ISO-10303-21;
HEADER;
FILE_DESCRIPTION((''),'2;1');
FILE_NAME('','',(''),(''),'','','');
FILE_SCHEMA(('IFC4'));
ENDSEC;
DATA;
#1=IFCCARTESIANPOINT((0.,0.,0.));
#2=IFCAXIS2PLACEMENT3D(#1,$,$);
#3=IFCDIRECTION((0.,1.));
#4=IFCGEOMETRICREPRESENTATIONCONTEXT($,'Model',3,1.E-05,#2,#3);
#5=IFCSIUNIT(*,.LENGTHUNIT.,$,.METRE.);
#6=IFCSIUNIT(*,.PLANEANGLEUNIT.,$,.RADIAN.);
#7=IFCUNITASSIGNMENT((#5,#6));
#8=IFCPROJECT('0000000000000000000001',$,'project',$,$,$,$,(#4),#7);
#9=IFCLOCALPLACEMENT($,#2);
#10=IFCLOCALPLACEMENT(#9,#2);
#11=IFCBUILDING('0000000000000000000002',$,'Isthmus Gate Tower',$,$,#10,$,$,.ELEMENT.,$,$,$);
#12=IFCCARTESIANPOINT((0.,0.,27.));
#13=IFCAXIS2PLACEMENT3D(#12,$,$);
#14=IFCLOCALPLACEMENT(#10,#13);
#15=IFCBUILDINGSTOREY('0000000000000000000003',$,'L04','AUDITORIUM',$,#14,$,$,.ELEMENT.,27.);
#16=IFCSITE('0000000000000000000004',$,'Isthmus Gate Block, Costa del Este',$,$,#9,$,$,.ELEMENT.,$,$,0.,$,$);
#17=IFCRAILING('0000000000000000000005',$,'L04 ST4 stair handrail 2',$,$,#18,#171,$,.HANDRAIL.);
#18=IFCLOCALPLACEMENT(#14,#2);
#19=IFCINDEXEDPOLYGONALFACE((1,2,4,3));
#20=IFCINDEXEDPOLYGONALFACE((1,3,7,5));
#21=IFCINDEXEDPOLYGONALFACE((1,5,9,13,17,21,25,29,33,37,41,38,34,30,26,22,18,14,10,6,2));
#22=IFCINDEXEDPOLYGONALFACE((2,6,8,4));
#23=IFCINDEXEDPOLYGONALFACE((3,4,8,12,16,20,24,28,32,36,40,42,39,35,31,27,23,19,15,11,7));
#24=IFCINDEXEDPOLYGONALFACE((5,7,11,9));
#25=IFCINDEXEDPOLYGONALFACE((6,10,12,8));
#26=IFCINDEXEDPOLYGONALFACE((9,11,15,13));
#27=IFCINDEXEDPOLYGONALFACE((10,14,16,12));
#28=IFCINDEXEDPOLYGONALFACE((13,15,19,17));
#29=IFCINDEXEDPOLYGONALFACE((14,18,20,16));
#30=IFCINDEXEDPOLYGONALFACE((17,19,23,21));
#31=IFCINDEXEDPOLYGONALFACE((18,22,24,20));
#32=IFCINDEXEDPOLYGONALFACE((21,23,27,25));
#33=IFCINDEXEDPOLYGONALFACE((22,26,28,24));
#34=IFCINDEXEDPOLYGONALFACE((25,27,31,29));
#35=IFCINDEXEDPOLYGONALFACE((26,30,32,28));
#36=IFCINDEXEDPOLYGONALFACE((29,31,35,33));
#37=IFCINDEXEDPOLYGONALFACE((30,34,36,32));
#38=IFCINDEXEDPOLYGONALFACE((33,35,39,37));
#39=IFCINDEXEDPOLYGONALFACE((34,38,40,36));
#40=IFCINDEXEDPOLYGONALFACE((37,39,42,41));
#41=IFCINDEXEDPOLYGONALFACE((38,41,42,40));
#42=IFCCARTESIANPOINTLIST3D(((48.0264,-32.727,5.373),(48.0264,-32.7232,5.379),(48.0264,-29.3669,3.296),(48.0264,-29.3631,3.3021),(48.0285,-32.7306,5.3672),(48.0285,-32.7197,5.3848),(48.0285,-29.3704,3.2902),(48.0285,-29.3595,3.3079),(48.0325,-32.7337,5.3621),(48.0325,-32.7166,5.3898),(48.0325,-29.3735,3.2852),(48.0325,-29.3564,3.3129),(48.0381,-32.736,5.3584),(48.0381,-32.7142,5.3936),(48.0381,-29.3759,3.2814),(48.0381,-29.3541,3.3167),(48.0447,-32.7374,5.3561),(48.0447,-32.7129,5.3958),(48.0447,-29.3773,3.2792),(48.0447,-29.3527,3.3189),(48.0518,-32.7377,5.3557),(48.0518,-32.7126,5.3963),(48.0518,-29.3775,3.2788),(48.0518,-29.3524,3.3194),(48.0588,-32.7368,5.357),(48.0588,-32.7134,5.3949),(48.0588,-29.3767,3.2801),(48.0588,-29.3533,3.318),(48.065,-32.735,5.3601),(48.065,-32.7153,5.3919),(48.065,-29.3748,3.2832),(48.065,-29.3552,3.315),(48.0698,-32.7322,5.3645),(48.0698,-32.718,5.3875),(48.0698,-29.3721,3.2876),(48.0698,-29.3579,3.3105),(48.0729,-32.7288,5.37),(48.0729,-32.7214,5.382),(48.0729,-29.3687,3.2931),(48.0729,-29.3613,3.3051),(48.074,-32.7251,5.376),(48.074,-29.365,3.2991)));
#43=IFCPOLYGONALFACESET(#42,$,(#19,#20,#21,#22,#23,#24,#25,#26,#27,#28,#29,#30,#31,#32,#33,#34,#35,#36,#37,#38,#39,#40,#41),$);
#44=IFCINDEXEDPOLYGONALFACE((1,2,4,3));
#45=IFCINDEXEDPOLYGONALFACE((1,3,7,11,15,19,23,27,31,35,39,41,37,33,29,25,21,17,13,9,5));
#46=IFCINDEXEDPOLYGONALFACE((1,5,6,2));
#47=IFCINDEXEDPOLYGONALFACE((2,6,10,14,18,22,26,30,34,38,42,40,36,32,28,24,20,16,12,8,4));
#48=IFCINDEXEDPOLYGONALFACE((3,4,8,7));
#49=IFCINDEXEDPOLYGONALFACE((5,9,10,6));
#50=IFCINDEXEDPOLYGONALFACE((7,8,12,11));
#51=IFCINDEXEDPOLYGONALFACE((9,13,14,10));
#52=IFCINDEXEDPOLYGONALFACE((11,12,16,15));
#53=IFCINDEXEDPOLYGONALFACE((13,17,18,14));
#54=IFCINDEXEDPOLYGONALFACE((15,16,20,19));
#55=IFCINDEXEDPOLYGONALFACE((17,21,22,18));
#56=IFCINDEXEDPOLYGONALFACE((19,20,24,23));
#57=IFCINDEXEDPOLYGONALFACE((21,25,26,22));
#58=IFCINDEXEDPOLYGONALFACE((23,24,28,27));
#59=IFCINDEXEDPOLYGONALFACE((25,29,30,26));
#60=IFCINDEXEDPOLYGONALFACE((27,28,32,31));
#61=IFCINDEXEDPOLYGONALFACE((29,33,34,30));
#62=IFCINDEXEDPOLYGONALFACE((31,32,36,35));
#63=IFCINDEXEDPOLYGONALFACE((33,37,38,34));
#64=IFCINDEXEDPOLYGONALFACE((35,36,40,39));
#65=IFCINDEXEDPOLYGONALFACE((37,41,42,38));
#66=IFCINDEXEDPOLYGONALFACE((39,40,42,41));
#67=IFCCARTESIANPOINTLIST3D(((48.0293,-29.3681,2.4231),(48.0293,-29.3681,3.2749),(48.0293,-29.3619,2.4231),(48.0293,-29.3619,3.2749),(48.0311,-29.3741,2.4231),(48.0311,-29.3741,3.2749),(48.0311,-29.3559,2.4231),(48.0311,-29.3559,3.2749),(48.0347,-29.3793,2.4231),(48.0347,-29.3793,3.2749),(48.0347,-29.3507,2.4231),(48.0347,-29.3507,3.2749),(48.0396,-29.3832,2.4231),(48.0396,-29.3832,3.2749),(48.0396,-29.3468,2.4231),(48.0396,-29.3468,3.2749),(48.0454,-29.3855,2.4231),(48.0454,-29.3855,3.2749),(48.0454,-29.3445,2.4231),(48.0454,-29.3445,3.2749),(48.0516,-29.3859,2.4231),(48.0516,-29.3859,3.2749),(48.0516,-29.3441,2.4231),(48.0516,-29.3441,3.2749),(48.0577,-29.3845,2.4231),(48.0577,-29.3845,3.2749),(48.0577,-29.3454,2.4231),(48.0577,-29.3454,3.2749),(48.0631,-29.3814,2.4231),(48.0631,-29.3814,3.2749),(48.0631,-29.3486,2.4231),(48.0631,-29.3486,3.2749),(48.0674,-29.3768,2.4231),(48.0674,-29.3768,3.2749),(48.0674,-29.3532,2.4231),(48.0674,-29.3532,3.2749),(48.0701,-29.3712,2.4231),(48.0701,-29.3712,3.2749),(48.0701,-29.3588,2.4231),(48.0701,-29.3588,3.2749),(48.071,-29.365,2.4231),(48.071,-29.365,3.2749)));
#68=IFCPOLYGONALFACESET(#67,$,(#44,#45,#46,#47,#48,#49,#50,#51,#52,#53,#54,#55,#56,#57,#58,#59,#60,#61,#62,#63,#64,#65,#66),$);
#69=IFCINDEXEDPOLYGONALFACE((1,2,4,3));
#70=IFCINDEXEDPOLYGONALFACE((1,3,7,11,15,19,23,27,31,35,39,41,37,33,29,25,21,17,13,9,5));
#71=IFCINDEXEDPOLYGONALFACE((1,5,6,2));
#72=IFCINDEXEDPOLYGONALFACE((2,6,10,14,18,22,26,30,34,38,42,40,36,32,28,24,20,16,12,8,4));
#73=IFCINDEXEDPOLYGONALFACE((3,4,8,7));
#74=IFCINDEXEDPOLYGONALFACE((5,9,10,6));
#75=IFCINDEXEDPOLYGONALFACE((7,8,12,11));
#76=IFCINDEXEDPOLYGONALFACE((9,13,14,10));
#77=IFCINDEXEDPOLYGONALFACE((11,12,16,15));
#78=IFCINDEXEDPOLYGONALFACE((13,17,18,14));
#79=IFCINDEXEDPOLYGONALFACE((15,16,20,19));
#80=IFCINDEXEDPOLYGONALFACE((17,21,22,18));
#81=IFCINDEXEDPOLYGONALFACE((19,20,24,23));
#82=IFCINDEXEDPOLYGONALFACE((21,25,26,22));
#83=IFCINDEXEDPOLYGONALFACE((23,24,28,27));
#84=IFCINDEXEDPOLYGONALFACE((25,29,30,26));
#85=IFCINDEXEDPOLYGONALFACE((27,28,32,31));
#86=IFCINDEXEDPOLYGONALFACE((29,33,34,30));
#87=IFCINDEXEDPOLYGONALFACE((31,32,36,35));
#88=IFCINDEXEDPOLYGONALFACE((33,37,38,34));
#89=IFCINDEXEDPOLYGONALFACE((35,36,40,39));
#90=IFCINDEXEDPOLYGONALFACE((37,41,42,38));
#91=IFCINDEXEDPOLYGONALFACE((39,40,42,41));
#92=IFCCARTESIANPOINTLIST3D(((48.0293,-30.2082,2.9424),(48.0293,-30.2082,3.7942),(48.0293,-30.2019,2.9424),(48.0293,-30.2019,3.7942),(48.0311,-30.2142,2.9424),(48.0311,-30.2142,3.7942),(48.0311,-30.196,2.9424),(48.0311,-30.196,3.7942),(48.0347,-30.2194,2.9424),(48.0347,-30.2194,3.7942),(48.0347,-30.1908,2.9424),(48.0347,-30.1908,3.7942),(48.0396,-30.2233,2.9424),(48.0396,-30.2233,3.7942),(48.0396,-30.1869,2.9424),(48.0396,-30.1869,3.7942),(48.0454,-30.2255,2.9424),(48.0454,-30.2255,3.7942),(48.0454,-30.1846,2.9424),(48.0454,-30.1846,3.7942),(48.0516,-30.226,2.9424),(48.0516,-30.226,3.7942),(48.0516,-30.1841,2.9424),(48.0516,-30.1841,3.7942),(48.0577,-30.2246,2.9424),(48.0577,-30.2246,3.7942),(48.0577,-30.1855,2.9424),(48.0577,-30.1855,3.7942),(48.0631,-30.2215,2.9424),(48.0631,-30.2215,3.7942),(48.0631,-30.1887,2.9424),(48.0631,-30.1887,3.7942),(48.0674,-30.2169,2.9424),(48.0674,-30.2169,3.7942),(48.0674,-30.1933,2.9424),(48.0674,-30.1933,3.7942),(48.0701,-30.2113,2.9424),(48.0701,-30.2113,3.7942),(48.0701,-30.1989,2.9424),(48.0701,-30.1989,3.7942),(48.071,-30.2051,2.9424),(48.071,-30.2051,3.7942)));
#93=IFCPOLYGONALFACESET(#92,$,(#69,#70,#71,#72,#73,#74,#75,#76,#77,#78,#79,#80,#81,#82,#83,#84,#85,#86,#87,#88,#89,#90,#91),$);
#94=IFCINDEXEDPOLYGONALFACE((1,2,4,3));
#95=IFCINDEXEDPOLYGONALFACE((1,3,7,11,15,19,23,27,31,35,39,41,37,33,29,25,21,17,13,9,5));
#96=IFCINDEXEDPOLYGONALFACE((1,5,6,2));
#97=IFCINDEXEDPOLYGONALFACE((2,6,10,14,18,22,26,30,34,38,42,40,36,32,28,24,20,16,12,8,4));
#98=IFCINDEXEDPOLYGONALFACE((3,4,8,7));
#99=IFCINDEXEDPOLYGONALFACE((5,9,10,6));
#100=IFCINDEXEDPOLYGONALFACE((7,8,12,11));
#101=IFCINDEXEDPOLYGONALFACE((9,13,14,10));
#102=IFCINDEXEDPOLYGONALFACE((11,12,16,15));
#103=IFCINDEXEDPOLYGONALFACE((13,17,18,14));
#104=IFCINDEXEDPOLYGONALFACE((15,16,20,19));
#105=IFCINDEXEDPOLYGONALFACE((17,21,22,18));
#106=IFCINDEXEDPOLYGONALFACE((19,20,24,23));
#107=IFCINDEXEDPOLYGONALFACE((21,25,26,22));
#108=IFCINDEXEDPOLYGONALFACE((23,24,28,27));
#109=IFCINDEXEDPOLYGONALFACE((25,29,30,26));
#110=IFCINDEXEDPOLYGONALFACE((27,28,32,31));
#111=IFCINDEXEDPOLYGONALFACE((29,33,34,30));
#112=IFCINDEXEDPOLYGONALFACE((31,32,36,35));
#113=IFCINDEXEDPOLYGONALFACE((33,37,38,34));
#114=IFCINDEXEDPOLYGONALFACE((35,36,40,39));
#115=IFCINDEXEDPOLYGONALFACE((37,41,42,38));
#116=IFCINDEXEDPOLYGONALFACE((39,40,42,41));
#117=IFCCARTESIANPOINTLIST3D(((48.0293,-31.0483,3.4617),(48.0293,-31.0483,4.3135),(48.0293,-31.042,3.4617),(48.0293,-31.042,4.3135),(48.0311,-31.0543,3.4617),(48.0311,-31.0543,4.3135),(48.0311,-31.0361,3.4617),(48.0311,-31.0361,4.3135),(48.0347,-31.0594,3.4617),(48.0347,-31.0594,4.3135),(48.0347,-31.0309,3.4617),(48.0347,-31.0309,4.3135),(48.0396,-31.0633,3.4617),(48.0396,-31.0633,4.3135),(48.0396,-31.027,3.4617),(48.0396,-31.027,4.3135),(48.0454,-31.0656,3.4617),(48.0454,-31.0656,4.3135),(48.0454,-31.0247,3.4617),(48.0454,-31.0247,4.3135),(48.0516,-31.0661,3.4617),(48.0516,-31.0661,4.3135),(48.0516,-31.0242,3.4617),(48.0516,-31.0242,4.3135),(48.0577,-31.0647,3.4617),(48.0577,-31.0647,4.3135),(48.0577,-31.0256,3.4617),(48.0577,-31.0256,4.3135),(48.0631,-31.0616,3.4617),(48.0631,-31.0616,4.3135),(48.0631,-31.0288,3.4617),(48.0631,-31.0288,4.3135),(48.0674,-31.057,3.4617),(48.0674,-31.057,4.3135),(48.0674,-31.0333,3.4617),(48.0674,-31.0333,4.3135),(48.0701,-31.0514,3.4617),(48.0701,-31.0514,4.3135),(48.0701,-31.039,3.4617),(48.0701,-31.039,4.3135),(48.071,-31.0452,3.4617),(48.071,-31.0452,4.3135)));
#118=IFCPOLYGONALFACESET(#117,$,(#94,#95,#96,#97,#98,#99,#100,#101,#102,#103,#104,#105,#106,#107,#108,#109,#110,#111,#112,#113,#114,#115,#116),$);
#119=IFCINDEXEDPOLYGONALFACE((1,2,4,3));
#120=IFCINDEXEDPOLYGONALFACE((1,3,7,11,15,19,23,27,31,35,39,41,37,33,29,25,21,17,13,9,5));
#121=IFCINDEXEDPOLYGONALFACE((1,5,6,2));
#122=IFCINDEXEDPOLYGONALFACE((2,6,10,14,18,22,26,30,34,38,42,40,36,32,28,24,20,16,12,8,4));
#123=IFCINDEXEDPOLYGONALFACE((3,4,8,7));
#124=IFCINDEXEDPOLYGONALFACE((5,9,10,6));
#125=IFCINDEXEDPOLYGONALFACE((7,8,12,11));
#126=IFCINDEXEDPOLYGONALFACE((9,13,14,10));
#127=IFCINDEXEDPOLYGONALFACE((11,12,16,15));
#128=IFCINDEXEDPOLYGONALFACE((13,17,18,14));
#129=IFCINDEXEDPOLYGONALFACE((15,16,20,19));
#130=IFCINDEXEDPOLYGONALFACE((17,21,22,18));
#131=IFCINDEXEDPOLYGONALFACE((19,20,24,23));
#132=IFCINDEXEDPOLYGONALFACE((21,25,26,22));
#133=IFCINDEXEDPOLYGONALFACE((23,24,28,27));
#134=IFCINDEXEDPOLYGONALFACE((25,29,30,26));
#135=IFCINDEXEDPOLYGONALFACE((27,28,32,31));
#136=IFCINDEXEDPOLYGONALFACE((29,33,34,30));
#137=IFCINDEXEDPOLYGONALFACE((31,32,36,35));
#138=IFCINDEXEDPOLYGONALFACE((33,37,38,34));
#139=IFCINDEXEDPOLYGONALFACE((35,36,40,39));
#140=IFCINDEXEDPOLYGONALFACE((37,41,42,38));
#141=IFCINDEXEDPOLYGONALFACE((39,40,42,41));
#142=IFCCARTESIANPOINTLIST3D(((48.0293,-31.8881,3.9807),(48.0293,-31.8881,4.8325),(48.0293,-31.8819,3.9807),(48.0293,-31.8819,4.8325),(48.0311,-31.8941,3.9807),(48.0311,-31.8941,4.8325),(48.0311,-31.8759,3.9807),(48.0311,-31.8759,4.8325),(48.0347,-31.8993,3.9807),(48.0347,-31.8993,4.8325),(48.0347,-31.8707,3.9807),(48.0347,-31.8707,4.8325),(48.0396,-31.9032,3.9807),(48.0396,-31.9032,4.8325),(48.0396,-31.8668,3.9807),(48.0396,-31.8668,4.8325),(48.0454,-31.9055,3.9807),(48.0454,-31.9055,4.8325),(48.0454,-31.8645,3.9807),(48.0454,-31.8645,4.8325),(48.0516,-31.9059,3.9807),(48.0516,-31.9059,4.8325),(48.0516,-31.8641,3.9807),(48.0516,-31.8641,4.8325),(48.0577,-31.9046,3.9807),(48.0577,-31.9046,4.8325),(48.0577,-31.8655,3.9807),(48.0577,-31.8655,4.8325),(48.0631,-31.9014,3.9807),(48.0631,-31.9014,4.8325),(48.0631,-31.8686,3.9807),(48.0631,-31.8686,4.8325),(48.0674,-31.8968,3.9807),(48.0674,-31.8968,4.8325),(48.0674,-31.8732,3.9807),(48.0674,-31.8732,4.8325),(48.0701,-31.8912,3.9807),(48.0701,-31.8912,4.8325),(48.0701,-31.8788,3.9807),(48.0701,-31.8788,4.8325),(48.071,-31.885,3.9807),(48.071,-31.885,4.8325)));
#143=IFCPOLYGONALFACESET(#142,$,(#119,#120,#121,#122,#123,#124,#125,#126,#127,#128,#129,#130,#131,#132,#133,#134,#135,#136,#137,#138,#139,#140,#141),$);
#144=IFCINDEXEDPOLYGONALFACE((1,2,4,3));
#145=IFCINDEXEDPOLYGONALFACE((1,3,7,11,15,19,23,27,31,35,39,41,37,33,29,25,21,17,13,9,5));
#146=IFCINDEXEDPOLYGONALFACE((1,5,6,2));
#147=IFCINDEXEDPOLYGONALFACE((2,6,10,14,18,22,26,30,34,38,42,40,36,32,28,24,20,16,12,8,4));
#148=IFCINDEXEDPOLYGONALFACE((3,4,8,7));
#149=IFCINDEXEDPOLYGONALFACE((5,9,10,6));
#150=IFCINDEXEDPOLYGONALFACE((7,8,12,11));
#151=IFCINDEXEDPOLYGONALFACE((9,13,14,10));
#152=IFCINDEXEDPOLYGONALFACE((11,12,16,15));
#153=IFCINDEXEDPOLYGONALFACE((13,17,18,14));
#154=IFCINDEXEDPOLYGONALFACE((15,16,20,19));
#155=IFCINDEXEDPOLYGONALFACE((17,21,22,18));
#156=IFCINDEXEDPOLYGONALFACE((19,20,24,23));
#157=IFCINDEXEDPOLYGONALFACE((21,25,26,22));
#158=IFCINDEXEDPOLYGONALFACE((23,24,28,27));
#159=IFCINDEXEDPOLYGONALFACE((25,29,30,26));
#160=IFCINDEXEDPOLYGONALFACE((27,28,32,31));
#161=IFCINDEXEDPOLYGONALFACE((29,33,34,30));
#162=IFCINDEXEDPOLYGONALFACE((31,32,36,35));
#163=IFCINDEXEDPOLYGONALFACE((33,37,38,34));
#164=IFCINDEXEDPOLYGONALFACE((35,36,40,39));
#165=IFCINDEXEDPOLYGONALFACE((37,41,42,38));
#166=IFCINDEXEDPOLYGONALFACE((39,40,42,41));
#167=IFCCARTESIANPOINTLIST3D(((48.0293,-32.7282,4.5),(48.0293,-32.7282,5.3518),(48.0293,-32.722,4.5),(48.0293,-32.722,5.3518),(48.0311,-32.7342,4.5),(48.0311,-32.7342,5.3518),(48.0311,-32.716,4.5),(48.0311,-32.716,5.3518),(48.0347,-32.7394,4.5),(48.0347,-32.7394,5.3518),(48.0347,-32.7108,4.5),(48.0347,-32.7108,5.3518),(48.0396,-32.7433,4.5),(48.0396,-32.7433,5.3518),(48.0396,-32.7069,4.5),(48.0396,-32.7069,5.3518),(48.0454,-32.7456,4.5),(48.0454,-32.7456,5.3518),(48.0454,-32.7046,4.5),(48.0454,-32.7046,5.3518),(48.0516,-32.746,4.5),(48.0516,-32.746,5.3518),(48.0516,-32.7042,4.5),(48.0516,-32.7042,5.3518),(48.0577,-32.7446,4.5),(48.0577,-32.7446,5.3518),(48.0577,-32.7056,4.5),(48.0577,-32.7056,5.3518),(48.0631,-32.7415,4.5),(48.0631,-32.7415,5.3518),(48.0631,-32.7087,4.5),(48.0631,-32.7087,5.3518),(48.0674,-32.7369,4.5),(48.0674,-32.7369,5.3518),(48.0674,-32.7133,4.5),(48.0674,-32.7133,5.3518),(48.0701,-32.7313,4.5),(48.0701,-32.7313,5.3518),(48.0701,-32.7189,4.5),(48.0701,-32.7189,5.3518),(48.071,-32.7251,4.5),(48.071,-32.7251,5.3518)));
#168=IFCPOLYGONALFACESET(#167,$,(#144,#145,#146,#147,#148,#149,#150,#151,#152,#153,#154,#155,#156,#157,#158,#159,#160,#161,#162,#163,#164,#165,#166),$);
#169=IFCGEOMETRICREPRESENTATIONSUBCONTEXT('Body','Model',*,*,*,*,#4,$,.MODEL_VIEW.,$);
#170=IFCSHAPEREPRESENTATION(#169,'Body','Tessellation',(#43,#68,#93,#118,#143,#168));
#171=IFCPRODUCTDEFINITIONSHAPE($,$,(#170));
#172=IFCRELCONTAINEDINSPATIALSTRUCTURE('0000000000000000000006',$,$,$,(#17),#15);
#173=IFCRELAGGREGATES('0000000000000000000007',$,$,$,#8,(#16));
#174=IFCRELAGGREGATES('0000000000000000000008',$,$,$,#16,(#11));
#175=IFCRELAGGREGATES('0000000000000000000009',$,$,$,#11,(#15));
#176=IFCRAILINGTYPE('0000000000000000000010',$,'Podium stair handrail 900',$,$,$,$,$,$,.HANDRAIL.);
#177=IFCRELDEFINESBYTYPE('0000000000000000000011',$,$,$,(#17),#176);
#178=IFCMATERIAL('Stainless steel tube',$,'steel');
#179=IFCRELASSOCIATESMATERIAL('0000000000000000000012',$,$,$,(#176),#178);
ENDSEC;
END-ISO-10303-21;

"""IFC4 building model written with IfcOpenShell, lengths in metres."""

from ifc_helpers import new_model, si_unit, direction, frame, origin, origin_2d, place, context, subcontext, project, spatial, circle, extrude, material, type_object, element, save


model = new_model("IFC4")

# Units and contexts
model_context = context("Model", 3, precision=1e-05, world=origin(), true_north=direction((0.0, 1.0)))
body_context = subcontext(model_context, "Body", "Model", "MODEL_VIEW")
ifc_project = project(units=[si_unit("LENGTHUNIT", "METRE"), si_unit("PLANEANGLEUNIT", "RADIAN")], contexts=[model_context])

# Site, building, storey
site_placement = place(None, origin())
site = spatial("IfcSite", under=ifc_project, at=site_placement, Name="Isthmus Gate Block, Costa del Este", CompositionType="ELEMENT", RefElevation=0.0)
building_placement = place(site_placement, origin())
building = spatial("IfcBuilding", under=site, at=building_placement, Name="Isthmus Gate Tower", CompositionType="ELEMENT")
storey_placement = place(building_placement, frame((0.0, 0.0, 27.0)))
storey = spatial("IfcBuildingStorey", under=building, at=storey_placement, Name="L04", Description="AUDITORIUM", CompositionType="ELEMENT", Elevation=27.0)

# Railing
ifc_material_1 = material(Name="Stainless steel tube", Category="steel")
railing_type_1 = type_object("IfcRailingType", Name="Podium stair handrail 900", PredefinedType="HANDRAIL", material=ifc_material_1)
railing_1_placement = place(storey_placement, frame((48.05, -29.365, 2.4231)))
element("IfcRailing", 1, at=railing_1_placement, inside=storey, type_object=railing_type_1, Name="L04 ST4 stair handrail 2", PredefinedType="HANDRAIL", context=body_context, shape_type="SweptSolid", body=[
    extrude(circle(Radius=0.0239, at=origin_2d()), frame((0.0, 0.0, 0.876), z_axis=(0.0, -0.850623, 0.525776), x_axis=(1.0, 0.0, 0.0)), (0.0, 0.0, 1.0), 3.9502),
    extrude(circle(Radius=0.021, at=origin_2d()), origin(), (0.0, 0.0, 1.0), 0.8518),
    extrude(circle(Radius=0.021, at=origin_2d()), frame((0.0, -0.8401, 0.5193)), (0.0, 0.0, 1.0), 0.8518),
    extrude(circle(Radius=0.021, at=origin_2d()), frame((0.0, -1.6802, 1.0386)), (0.0, 0.0, 1.0), 0.8518),
    extrude(circle(Radius=0.021, at=origin_2d()), frame((0.0, -2.52, 1.5576)), (0.0, 0.0, 1.0), 0.8518),
    extrude(circle(Radius=0.021, at=origin_2d()), frame((0.0, -3.3601, 2.0769)), (0.0, 0.0, 1.0), 0.8518),
])

save(model, "model.ifc")
